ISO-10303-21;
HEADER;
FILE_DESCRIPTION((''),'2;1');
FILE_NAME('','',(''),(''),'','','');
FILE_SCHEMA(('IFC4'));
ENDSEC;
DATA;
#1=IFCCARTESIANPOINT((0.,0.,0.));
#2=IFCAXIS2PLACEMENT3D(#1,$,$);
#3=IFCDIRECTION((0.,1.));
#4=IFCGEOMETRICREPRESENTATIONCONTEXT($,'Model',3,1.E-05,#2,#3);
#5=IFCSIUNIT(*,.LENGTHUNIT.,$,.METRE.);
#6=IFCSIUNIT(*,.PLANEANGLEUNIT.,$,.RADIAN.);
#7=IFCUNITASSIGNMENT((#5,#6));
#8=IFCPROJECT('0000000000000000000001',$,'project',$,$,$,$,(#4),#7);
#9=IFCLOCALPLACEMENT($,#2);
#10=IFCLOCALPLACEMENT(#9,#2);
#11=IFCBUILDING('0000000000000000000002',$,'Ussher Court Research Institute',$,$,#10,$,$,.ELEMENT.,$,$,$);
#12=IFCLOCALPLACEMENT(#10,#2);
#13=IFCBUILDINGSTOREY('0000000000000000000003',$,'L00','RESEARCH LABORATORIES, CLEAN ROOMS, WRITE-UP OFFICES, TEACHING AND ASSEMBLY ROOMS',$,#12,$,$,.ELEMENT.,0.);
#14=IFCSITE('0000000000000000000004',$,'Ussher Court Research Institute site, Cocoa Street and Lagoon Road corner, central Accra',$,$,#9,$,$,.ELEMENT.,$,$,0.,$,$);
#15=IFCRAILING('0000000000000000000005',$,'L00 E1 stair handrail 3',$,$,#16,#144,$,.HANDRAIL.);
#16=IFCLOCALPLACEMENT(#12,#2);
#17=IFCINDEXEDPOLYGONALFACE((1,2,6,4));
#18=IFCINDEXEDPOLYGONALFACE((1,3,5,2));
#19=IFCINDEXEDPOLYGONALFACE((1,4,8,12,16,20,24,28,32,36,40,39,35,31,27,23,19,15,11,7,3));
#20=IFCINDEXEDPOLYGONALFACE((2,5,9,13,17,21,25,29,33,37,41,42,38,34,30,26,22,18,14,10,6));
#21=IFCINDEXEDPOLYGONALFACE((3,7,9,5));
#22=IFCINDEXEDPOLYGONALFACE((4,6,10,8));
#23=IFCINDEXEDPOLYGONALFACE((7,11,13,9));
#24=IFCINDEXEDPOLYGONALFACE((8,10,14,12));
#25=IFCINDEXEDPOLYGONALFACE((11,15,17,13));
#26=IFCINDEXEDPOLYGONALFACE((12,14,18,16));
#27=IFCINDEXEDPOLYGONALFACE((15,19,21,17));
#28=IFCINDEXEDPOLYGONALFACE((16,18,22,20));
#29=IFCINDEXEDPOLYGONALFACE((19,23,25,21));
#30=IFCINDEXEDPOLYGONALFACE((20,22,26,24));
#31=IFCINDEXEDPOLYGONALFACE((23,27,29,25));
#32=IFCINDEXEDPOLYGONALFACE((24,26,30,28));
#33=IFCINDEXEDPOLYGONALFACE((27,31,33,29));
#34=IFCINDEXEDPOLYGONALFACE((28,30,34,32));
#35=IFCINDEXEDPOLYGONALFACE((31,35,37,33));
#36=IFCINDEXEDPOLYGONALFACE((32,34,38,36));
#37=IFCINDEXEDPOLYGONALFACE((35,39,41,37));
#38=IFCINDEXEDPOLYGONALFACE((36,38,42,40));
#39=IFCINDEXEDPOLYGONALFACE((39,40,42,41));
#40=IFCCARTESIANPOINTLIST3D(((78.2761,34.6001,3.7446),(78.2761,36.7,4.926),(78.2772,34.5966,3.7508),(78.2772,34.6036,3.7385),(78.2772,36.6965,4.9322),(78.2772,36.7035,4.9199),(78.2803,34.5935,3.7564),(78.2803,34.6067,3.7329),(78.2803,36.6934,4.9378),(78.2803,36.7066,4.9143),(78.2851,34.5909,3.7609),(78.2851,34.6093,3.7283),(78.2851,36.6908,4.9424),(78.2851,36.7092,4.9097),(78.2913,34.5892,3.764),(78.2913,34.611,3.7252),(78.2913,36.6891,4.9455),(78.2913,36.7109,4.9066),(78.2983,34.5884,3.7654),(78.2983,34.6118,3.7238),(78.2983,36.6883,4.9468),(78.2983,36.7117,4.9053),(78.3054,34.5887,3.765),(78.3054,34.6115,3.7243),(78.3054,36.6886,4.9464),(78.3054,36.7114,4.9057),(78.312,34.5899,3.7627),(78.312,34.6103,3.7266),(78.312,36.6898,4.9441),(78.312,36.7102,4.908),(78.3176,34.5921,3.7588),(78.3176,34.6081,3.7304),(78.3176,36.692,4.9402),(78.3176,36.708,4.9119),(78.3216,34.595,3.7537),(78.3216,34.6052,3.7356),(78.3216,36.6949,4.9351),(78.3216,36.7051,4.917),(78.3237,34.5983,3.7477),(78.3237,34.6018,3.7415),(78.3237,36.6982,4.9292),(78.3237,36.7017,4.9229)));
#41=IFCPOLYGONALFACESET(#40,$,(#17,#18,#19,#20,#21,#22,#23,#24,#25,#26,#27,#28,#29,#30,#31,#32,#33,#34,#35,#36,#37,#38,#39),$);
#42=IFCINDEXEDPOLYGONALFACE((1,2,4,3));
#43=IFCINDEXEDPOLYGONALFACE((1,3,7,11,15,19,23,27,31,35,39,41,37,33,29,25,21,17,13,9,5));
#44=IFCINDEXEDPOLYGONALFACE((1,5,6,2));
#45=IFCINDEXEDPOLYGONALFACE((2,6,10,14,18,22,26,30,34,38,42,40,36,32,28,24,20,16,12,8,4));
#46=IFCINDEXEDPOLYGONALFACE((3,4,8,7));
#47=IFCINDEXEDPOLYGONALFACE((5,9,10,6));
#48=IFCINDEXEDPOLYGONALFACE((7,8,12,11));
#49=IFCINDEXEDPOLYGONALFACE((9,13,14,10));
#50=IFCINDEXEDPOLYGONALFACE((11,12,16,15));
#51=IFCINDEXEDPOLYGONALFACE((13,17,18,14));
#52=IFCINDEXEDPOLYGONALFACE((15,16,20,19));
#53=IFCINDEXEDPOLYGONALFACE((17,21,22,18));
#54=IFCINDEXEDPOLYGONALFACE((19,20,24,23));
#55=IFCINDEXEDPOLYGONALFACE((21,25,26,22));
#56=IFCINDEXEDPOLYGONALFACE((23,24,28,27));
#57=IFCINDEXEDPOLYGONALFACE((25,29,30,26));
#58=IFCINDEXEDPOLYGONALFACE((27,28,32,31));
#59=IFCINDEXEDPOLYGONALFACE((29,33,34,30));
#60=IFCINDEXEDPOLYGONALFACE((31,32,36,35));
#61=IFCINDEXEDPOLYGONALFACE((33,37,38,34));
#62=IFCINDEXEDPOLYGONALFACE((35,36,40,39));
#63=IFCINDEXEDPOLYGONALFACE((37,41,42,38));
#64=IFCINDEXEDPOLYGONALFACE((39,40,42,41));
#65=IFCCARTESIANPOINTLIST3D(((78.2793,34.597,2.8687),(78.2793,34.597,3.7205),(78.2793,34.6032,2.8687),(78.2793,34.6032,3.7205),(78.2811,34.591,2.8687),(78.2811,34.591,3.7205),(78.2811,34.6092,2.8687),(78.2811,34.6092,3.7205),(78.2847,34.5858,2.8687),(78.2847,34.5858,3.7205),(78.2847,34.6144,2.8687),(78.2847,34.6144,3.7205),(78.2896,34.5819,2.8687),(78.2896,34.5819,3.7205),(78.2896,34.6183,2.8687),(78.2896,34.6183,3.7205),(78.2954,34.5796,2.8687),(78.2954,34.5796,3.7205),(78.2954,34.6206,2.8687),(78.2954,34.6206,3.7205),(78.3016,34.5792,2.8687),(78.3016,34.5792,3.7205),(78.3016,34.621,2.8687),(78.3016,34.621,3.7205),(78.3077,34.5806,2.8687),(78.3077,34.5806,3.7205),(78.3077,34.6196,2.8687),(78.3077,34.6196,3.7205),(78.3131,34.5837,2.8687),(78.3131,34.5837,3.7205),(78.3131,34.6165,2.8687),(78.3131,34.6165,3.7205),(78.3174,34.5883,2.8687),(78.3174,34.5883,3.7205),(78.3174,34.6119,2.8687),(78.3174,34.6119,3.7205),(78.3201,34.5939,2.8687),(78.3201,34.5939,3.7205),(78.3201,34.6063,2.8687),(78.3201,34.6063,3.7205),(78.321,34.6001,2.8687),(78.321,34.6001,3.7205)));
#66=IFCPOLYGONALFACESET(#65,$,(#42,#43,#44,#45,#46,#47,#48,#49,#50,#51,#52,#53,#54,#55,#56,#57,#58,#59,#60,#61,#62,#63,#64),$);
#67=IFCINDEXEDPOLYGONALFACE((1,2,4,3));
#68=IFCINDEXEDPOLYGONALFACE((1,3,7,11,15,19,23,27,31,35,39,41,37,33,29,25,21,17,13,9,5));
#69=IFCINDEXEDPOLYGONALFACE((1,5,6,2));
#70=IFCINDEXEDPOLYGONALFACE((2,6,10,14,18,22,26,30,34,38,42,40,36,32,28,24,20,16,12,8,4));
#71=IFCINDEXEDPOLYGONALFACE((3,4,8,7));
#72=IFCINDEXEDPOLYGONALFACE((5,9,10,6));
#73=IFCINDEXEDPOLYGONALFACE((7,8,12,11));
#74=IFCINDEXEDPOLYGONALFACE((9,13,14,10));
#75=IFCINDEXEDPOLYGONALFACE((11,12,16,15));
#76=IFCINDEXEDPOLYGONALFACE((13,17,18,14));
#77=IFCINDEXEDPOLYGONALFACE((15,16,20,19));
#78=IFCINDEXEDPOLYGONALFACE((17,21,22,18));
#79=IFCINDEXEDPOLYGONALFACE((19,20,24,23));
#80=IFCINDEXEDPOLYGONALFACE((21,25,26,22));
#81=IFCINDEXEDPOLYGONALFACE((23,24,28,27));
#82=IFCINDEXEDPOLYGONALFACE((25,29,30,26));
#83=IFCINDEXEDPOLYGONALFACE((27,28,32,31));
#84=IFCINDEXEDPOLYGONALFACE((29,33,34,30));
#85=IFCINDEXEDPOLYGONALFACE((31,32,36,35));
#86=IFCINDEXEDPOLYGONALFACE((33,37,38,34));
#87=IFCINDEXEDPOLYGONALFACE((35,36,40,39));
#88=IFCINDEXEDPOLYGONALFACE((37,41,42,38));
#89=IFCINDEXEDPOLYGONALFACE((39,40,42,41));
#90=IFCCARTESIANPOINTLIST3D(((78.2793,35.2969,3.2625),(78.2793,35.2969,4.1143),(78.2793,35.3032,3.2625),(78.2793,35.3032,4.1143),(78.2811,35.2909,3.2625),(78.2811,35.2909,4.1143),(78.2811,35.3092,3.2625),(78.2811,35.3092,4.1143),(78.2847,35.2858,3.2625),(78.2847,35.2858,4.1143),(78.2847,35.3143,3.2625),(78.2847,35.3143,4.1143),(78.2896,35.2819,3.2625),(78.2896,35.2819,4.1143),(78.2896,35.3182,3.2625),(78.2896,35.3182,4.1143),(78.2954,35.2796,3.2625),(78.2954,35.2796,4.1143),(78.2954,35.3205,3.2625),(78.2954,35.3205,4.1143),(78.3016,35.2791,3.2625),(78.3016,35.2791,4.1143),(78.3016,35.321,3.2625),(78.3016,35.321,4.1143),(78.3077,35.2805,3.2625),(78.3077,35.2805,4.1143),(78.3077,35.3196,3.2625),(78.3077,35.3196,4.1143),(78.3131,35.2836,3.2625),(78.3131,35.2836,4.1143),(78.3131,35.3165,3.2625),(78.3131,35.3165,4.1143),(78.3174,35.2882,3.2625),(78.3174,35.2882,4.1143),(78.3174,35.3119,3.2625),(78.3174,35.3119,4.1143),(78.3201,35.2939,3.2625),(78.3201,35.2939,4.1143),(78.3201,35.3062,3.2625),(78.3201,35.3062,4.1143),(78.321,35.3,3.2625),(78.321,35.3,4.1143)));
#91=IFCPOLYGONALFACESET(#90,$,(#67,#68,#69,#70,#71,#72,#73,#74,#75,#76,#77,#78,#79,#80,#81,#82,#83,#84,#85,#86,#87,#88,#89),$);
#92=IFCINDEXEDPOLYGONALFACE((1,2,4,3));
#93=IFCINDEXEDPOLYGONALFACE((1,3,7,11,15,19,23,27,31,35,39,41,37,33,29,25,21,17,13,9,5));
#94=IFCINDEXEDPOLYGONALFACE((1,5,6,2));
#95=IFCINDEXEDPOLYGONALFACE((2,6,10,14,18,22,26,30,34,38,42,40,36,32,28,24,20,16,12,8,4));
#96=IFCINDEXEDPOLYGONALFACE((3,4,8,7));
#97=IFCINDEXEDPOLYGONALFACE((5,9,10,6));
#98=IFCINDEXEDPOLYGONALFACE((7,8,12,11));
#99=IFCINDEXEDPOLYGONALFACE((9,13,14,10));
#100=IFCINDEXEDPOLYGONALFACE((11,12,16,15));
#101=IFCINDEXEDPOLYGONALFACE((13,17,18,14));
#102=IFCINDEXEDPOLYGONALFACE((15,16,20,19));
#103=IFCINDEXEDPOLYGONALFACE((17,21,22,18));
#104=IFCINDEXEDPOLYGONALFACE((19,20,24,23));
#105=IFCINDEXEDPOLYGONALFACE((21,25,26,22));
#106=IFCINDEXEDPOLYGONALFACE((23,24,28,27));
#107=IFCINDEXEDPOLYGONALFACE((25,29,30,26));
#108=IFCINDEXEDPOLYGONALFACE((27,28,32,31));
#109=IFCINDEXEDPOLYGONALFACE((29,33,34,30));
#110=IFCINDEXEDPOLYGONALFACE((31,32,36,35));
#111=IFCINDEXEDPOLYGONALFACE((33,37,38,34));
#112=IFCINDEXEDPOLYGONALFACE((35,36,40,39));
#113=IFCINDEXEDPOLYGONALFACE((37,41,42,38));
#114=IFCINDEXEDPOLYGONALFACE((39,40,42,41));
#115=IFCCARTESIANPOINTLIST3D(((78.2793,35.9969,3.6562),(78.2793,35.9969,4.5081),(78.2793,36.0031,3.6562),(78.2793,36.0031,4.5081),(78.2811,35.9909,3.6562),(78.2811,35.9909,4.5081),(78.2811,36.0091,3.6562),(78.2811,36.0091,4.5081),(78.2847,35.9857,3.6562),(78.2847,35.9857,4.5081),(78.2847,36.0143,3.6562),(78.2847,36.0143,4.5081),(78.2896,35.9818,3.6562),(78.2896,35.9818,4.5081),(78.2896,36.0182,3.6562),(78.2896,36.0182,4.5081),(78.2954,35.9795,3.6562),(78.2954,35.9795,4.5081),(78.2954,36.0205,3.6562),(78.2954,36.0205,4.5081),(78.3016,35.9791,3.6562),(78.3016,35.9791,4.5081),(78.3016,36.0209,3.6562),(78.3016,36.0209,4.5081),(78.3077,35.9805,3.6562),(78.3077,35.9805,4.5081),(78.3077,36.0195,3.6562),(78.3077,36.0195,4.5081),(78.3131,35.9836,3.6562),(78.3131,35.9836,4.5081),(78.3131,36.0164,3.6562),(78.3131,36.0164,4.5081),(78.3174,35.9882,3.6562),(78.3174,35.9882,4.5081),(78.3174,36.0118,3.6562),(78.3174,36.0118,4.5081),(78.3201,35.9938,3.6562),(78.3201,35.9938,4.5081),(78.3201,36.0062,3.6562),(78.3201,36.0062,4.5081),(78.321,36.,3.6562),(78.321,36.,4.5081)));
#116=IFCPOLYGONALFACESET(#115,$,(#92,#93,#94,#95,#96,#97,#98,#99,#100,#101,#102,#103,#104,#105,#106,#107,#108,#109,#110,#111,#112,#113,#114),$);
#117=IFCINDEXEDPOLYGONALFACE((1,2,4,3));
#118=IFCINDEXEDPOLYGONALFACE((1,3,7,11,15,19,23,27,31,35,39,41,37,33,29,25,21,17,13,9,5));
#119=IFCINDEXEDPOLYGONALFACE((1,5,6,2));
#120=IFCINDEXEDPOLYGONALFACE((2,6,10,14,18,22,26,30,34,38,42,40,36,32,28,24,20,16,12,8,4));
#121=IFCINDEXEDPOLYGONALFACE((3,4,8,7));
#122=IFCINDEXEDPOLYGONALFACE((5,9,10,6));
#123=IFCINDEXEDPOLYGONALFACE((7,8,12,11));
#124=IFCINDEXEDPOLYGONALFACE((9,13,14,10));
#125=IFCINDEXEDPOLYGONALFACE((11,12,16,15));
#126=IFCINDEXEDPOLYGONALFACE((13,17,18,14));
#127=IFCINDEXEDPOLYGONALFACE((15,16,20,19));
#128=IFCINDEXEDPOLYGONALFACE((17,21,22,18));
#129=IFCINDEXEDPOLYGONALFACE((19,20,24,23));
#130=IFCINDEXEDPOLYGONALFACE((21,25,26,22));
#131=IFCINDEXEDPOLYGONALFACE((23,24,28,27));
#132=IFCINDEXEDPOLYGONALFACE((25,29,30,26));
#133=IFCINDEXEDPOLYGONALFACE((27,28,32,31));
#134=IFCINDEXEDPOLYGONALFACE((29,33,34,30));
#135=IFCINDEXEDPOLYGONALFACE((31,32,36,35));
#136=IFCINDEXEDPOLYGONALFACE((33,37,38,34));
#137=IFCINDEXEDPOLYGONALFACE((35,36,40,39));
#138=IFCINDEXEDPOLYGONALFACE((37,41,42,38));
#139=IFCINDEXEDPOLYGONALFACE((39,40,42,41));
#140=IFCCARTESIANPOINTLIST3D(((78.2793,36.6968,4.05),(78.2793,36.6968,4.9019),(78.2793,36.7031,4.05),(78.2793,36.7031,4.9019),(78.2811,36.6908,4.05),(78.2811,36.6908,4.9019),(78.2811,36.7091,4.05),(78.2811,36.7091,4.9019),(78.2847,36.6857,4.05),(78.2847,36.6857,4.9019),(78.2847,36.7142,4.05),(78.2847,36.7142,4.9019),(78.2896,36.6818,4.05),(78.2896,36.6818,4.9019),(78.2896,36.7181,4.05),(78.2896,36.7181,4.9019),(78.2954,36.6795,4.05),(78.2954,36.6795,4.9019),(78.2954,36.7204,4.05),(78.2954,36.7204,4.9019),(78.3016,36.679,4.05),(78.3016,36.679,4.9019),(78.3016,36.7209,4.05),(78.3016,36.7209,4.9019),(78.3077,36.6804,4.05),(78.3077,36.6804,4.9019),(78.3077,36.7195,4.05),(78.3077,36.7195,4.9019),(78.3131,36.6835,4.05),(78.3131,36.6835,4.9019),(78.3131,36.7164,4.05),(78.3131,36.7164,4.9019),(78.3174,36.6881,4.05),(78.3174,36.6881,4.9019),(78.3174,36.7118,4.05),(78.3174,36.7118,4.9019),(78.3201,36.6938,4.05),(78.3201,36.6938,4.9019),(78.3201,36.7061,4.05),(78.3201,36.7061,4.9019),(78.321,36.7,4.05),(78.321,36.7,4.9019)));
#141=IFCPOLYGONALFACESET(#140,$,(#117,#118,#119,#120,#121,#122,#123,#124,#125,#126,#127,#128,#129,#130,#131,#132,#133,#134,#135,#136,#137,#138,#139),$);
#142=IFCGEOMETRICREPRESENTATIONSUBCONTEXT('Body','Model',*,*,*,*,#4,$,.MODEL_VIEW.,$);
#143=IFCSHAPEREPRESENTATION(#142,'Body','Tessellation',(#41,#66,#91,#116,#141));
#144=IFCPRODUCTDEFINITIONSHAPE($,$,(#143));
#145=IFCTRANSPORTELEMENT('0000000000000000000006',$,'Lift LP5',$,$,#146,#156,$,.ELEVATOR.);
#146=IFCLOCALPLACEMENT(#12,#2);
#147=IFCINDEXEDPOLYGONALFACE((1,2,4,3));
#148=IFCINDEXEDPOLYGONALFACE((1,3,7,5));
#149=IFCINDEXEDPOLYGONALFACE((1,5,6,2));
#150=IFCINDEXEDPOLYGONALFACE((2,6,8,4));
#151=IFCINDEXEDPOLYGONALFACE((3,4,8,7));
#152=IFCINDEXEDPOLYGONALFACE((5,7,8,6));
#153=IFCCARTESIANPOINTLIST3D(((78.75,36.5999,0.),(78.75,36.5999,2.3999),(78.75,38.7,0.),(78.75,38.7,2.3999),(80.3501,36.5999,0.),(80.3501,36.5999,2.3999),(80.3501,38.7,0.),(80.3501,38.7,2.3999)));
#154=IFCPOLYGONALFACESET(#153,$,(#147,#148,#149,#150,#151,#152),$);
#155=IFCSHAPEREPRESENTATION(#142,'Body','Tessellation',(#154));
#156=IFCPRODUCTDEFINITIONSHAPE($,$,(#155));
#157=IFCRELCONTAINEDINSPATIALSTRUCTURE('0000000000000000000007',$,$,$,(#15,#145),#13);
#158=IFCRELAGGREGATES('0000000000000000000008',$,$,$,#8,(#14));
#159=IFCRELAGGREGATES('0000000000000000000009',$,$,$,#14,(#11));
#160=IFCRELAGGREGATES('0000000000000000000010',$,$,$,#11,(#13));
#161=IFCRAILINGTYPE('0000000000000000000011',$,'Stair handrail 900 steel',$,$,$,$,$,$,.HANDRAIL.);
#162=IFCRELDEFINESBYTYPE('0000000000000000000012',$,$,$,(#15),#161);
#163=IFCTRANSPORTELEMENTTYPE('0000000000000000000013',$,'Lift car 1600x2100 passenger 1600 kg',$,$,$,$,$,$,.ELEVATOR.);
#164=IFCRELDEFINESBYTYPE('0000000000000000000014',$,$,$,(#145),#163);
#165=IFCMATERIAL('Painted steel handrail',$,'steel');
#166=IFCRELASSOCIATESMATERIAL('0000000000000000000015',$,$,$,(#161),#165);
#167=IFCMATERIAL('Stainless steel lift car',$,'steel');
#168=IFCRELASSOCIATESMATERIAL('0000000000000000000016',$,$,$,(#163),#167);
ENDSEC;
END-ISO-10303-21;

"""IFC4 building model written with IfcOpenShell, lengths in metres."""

from ifc_helpers import new_model, si_unit, direction, frame, origin, origin_2d, place, context, subcontext, project, spatial, rectangle, circle, extrude, material, type_object, element, save


model = new_model("IFC4")

# Units and contexts
model_context = context("Model", 3, precision=1e-05, world=origin(), true_north=direction((0.0, 1.0)))
body_context = subcontext(model_context, "Body", "Model", "MODEL_VIEW")
ifc_project = project(units=[si_unit("LENGTHUNIT", "METRE"), si_unit("PLANEANGLEUNIT", "RADIAN")], contexts=[model_context])

# Site, building, storey
site_placement = place(None, origin())
site = spatial("IfcSite", under=ifc_project, at=site_placement, Name="Ussher Court Research Institute site, Cocoa Street and Lagoon Road corner, central Accra", CompositionType="ELEMENT", RefElevation=0.0)
building_placement = place(site_placement, origin())
building = spatial("IfcBuilding", under=site, at=building_placement, Name="Ussher Court Research Institute", CompositionType="ELEMENT")
storey_placement = place(building_placement, origin())
storey = spatial("IfcBuildingStorey", under=building, at=storey_placement, Name="L00", Description="RESEARCH LABORATORIES, CLEAN ROOMS, WRITE-UP OFFICES, TEACHING AND ASSEMBLY ROOMS", CompositionType="ELEMENT", Elevation=0.0)

# Railing
ifc_material_1 = material(Name="Painted steel handrail", Category="steel")
railing_type_1 = type_object("IfcRailingType", Name="Stair handrail 900 steel", PredefinedType="HANDRAIL", material=ifc_material_1)
for number, where, name in (
    (1, (78.3, 34.6001, 2.8687), "L00 E1 stair handrail 3"),
):
    element("IfcRailing", number, at=place(storey_placement, frame(where)), inside=storey, type_object=railing_type_1, Name=name, PredefinedType="HANDRAIL", context=body_context, shape_type="SweptSolid", body=[
        extrude(circle(Radius=0.0239, at=origin_2d()), frame((0.0, 0.0, 0.876), z_axis=(0.0, 0.871535, 0.490333), x_axis=(-1.0, 0.0, 0.0)), (0.0, 0.0, 1.0), 2.4094),
        extrude(circle(Radius=0.021, at=origin_2d()), origin(), (0.0, 0.0, 1.0), 0.8518),
        extrude(circle(Radius=0.021, at=origin_2d()), frame((0.0, 0.7, 0.3938)), (0.0, 0.0, 1.0), 0.8518),
        extrude(circle(Radius=0.021, at=origin_2d()), frame((0.0, 1.3999, 0.7876)), (0.0, 0.0, 1.0), 0.8518),
        extrude(circle(Radius=0.021, at=origin_2d()), frame((0.0, 2.0999, 1.1814)), (0.0, 0.0, 1.0), 0.8518),
    ])

# Transport element
ifc_material_2 = material(Name="Stainless steel lift car", Category="steel")
transport_element_type = type_object("IfcTransportElementType", Name="Lift car 1600x2100 passenger 1600 kg", PredefinedType="ELEVATOR", material=ifc_material_2)
transport_element_placement = place(storey_placement, frame((79.55, 37.6499, 0.0), z_axis=(0.0, 0.0, 1.0), x_axis=(1.0, 0.0, 0.0)))
element("IfcTransportElement", 2, at=transport_element_placement, inside=storey, type_object=transport_element_type, Name="Lift LP5", PredefinedType="ELEVATOR", context=body_context, shape_type="SweptSolid", body=[
    extrude(rectangle(XDim=1.6001, YDim=2.1001, at=origin_2d()), origin(), (0.0, 0.0, 1.0), 2.3999),
])

save(model, "model.ifc")
